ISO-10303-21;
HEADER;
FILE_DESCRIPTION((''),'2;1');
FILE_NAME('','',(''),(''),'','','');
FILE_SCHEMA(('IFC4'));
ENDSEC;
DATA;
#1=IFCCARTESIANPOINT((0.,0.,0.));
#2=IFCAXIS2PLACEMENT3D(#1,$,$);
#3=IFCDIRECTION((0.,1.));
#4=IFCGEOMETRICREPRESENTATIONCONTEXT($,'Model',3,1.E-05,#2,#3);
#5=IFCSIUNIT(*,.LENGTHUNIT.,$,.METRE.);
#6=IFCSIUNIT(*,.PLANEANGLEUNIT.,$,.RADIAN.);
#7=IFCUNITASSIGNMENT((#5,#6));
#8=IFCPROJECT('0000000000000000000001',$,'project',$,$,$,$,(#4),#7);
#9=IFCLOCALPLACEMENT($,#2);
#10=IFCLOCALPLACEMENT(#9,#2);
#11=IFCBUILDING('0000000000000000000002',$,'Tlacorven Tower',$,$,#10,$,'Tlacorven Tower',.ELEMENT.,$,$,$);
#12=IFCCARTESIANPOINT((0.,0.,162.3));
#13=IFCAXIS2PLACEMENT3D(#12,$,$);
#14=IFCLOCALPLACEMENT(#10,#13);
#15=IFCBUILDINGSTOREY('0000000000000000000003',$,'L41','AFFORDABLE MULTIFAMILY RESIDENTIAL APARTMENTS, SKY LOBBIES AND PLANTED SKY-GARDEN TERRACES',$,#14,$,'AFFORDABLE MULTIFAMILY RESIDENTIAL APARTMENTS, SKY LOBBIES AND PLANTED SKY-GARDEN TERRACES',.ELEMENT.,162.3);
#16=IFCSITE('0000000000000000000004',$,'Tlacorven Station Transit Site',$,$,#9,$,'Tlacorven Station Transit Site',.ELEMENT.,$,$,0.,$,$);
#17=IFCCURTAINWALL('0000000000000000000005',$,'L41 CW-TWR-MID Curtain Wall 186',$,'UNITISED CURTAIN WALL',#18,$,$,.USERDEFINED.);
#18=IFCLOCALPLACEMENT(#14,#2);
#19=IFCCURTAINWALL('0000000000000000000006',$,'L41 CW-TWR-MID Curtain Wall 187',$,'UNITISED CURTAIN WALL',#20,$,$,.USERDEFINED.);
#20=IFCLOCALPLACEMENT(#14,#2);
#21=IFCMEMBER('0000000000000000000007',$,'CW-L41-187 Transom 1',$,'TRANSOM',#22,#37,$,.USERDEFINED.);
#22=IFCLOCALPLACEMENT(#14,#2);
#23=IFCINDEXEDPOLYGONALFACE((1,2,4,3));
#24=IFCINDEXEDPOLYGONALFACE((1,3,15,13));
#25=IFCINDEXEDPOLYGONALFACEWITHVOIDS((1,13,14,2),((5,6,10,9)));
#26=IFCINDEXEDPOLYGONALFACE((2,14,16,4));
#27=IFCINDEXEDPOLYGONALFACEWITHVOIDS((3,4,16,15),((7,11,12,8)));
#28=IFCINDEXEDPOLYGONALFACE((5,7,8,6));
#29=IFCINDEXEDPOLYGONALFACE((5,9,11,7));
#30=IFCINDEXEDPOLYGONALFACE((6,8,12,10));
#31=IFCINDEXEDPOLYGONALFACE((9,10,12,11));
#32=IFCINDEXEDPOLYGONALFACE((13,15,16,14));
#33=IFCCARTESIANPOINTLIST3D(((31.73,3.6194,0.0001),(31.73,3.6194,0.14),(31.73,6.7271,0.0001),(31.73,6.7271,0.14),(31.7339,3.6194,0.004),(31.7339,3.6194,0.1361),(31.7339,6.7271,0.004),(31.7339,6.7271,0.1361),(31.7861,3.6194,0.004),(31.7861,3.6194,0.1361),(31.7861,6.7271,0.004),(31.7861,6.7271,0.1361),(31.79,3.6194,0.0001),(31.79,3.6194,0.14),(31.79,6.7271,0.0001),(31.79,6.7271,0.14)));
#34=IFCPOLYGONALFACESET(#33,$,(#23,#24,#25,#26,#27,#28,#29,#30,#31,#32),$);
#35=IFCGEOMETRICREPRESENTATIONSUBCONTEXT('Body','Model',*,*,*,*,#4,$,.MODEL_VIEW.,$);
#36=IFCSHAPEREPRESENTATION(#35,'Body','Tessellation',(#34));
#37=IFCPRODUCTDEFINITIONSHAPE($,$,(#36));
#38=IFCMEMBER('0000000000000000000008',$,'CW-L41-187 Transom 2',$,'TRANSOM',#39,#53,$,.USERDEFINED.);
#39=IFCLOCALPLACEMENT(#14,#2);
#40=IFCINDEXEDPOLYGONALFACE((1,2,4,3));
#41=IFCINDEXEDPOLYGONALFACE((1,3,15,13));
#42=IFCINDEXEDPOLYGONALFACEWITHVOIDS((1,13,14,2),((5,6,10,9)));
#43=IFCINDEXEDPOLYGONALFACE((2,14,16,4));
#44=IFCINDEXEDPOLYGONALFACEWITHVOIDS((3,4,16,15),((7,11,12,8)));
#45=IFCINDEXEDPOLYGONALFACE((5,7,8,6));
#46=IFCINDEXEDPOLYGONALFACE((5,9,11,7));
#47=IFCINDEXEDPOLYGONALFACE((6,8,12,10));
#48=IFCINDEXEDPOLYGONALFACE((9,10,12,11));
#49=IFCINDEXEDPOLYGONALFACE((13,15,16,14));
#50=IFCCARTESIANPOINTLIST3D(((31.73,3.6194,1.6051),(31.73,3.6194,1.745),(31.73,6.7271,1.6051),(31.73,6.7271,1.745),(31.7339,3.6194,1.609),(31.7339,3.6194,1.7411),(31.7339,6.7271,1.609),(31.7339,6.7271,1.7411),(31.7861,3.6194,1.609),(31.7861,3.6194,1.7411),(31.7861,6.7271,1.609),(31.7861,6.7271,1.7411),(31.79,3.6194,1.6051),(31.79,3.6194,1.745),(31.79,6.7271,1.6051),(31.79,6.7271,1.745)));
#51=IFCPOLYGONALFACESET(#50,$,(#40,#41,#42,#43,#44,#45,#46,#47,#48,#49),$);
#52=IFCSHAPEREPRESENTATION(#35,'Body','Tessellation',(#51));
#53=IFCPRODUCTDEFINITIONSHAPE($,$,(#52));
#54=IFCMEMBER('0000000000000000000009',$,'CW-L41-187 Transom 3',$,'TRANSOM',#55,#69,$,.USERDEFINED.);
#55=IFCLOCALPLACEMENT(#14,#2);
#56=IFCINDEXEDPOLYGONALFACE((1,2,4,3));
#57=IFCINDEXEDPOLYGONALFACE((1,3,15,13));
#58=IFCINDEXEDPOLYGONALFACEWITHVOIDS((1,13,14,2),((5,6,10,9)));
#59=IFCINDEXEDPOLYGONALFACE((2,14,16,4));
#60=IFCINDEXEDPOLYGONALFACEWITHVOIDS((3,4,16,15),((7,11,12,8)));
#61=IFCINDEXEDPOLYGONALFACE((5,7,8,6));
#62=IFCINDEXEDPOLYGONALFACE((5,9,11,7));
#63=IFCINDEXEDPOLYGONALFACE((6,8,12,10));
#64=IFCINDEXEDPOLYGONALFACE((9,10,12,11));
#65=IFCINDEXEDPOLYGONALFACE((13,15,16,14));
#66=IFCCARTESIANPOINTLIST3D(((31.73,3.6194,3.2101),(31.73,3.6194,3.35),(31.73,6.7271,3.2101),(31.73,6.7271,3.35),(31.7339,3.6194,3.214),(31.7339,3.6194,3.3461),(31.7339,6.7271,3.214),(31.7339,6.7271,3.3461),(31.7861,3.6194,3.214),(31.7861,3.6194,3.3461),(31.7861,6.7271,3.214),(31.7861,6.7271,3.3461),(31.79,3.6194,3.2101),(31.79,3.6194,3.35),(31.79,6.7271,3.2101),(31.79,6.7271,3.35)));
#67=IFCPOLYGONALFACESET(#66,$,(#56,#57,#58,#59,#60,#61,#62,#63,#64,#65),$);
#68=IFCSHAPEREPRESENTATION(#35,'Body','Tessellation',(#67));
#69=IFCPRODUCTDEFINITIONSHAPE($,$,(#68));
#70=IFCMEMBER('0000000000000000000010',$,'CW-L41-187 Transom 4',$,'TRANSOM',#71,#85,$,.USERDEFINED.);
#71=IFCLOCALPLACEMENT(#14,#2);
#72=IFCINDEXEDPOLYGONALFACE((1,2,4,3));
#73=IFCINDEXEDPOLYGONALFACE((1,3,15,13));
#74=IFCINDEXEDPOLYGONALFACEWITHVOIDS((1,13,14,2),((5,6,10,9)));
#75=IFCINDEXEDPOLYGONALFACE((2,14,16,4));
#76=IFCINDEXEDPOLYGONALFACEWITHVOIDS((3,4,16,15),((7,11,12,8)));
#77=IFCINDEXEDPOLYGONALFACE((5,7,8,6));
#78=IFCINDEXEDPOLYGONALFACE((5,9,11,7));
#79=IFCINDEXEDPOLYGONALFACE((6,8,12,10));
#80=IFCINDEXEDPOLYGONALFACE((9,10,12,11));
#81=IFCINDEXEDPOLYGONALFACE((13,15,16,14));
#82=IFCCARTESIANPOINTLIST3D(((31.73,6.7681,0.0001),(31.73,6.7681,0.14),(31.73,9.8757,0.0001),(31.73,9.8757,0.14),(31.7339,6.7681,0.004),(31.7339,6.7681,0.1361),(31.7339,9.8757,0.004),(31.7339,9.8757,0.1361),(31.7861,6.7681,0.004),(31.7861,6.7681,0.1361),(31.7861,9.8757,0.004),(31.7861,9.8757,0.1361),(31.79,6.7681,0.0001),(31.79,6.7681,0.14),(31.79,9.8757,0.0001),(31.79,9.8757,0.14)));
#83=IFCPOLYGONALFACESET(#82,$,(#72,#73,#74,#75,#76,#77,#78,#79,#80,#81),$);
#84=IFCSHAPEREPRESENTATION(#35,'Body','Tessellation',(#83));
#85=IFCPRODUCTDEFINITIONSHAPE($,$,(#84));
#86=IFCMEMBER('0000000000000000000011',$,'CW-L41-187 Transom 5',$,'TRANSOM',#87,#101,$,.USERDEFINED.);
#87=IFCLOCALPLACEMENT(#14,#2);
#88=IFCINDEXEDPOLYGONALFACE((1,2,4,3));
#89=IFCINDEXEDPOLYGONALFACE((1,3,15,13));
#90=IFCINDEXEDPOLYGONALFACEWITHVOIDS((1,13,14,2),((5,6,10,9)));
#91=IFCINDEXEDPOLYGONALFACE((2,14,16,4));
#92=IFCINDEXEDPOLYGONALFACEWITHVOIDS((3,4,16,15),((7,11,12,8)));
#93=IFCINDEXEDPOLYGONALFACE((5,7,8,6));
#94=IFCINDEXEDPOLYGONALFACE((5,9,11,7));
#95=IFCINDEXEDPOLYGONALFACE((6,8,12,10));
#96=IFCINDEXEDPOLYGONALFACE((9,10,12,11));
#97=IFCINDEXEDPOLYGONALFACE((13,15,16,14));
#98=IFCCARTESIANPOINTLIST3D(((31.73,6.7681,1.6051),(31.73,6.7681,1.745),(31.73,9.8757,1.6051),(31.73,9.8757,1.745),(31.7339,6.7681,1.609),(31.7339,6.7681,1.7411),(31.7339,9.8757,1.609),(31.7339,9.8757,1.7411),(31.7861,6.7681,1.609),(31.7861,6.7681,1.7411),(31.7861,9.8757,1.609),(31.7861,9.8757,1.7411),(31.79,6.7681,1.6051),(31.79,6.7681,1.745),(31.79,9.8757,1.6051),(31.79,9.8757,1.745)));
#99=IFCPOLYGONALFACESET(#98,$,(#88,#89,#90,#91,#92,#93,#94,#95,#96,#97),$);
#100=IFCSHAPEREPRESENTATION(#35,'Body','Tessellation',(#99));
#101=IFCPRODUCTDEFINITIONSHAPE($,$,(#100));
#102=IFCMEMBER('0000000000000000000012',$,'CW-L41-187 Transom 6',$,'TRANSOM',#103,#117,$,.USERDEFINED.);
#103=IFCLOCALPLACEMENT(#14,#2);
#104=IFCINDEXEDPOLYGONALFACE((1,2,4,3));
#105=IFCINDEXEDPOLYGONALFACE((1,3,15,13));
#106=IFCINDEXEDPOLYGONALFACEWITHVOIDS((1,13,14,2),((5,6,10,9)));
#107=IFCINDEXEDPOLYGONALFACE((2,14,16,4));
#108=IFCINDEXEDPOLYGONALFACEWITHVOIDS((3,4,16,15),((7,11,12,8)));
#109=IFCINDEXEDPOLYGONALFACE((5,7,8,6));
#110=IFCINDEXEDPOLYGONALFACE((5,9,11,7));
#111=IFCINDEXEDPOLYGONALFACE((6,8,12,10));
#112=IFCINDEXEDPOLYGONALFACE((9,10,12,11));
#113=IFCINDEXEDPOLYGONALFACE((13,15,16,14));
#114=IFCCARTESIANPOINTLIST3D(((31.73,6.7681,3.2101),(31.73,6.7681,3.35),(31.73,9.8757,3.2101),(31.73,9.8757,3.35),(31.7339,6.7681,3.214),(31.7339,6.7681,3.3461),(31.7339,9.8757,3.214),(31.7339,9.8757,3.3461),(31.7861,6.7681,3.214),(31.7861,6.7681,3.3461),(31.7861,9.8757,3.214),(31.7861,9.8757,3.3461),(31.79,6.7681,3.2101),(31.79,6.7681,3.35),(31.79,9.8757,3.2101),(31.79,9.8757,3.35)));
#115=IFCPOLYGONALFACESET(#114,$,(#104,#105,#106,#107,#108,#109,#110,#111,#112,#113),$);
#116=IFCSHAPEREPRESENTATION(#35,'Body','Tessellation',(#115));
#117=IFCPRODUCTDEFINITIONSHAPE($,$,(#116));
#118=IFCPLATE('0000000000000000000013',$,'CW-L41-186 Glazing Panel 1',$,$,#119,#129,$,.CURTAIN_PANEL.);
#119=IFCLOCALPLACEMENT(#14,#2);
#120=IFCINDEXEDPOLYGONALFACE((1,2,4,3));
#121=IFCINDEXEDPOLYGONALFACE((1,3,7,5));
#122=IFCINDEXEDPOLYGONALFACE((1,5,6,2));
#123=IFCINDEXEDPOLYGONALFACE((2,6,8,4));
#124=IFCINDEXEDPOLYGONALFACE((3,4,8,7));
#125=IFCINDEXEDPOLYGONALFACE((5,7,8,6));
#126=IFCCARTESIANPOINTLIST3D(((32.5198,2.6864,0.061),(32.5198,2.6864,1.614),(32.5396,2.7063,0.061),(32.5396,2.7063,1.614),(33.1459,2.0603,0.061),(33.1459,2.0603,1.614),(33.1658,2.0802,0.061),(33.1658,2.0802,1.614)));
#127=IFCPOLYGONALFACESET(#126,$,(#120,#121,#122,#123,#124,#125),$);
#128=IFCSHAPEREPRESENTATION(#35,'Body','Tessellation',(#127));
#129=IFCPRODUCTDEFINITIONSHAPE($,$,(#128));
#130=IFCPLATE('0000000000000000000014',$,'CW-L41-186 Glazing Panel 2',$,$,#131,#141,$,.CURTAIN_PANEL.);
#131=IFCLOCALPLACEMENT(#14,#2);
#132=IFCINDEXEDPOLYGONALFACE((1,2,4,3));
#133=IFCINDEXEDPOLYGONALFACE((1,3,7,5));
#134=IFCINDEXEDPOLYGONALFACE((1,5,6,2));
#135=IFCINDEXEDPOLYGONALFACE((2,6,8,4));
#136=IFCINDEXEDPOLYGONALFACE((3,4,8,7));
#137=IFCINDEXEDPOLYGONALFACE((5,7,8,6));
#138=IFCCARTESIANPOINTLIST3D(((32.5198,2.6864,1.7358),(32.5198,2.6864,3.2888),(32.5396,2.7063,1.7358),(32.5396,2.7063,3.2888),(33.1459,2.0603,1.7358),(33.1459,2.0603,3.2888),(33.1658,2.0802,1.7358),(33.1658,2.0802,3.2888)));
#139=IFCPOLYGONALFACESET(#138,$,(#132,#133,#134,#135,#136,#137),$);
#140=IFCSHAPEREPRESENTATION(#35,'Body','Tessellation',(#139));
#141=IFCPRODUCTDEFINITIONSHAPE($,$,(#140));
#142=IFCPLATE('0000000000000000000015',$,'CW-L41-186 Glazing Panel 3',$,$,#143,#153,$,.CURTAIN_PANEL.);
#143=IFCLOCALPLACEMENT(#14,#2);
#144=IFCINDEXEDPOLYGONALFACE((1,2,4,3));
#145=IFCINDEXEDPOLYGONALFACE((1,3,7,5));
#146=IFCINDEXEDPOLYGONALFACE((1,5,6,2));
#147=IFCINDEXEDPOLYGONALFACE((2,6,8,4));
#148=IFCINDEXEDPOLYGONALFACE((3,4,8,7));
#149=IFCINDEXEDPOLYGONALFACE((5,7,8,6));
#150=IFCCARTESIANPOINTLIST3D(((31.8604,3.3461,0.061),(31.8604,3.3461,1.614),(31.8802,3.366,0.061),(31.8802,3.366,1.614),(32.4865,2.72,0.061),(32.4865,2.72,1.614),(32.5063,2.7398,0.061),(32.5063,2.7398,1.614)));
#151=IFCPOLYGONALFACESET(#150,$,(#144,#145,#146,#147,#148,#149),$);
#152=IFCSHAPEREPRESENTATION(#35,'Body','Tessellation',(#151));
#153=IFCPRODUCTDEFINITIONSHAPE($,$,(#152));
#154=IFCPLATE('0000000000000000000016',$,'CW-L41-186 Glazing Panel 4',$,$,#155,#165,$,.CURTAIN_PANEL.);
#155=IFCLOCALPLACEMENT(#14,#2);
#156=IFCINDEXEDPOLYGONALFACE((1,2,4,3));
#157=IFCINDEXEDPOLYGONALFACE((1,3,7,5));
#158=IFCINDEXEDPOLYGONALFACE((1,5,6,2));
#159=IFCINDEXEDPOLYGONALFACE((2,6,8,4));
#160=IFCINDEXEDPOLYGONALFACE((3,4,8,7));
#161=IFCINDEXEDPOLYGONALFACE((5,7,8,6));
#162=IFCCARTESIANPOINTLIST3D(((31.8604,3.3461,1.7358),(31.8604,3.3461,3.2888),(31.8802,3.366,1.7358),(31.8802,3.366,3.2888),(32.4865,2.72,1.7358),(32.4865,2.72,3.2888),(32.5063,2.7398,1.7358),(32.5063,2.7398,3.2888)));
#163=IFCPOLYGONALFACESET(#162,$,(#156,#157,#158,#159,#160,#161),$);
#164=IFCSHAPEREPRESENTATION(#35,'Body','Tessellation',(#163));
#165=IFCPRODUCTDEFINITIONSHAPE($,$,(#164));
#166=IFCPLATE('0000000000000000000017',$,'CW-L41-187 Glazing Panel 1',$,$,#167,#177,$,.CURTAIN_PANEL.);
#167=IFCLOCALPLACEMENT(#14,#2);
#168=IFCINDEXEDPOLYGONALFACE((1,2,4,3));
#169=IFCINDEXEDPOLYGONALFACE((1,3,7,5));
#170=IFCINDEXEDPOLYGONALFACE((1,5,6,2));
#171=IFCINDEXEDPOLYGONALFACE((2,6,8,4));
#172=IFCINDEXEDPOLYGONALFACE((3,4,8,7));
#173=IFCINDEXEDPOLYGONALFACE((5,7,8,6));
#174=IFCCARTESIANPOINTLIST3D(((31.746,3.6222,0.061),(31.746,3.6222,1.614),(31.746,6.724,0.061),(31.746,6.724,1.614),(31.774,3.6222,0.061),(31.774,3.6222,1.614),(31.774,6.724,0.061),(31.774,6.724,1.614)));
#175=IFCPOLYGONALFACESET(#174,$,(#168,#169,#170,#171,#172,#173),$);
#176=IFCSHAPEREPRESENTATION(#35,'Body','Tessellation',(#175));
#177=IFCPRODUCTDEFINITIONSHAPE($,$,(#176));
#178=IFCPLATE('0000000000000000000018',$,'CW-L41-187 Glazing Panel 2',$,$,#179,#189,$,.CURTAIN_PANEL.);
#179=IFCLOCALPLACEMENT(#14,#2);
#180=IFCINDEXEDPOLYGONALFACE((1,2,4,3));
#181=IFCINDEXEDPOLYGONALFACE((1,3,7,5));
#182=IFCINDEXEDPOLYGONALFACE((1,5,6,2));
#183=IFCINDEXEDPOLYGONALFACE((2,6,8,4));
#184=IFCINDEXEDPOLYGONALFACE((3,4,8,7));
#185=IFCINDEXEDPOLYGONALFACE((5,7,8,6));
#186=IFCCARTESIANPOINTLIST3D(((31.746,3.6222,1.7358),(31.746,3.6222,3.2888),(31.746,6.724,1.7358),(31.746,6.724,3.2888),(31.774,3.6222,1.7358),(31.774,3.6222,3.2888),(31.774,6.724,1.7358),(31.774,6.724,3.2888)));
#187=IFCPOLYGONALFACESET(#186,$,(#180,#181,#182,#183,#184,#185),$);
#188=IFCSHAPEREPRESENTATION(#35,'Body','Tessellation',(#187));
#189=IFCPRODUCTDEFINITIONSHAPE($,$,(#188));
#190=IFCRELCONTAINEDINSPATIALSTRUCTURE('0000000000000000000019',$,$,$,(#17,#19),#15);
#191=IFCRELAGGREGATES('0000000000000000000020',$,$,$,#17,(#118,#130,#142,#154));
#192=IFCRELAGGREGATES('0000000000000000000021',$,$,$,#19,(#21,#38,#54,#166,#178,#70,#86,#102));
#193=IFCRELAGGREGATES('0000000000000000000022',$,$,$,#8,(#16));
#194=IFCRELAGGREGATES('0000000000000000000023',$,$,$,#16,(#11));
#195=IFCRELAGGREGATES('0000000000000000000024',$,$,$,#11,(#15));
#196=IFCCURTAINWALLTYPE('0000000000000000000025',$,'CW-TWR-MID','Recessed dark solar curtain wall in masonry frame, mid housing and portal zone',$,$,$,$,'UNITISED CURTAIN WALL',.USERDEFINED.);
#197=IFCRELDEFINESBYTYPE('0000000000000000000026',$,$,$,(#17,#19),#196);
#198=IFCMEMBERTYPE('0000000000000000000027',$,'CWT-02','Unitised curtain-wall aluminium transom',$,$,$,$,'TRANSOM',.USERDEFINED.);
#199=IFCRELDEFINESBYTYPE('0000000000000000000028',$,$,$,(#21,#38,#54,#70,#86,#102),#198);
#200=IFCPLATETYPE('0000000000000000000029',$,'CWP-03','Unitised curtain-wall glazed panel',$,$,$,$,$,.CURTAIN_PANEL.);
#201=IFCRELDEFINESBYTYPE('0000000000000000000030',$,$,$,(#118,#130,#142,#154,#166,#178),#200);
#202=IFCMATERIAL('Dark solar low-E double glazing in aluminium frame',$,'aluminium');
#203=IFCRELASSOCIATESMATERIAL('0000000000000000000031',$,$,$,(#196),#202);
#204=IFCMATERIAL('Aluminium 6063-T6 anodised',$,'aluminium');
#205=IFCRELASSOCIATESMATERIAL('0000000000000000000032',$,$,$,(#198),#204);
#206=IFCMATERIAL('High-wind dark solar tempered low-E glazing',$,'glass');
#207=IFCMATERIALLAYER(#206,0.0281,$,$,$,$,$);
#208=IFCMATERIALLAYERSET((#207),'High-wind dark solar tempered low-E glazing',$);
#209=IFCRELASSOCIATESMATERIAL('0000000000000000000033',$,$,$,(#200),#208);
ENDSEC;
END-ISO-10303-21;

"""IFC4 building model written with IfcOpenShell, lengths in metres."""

from ifc_helpers import new_model, si_unit, direction, frame, origin, origin_2d, place, context, subcontext, project, spatial, rectangle, hollow_rectangle, extrude, source, transform, mapped, material, layer, layer_set, material_profile, profile_set, type_object, element, aggregate, save


model = new_model("IFC4")

# Units and contexts
model_context = context("Model", 3, precision=1e-05, world=origin(), true_north=direction((0.0, 1.0)))
body_context = subcontext(model_context, "Body", "Model", "MODEL_VIEW")
ifc_project = project(units=[si_unit("LENGTHUNIT", "METRE"), si_unit("PLANEANGLEUNIT", "RADIAN")], contexts=[model_context])

# Site, building, storey
site_placement = place(None, origin())
site = spatial("IfcSite", under=ifc_project, at=site_placement, Name="Tlacorven Station Transit Site", LongName="Tlacorven Station Transit Site", CompositionType="ELEMENT", RefElevation=0.0)
building_placement = place(site_placement, origin())
building = spatial("IfcBuilding", under=site, at=building_placement, Name="Tlacorven Tower", LongName="Tlacorven Tower", CompositionType="ELEMENT")
storey_placement = place(building_placement, frame((0.0, 0.0, 162.3)))
storey = spatial("IfcBuildingStorey", under=building, at=storey_placement, Name="L41", Description="AFFORDABLE MULTIFAMILY RESIDENTIAL APARTMENTS, SKY LOBBIES AND PLANTED SKY-GARDEN TERRACES", LongName="AFFORDABLE MULTIFAMILY RESIDENTIAL APARTMENTS, SKY LOBBIES AND PLANTED SKY-GARDEN TERRACES", CompositionType="ELEMENT", Elevation=162.3)

# Curtain walls
ifc_material_1 = material(Name="Dark solar low-E double glazing in aluminium frame", Category="aluminium")
curtain_wall_type = type_object("IfcCurtainWallType", Name="CW-TWR-MID", Description="Recessed dark solar curtain wall in masonry frame, mid housing and portal zone", ElementType="UNITISED CURTAIN WALL", PredefinedType="USERDEFINED", material=ifc_material_1)
curtain_wall_1_placement = place(storey_placement, origin())
curtain_wall_1 = element("IfcCurtainWall", 1, at=curtain_wall_1_placement, inside=storey, type_object=curtain_wall_type, Name="L41 CW-TWR-MID Curtain Wall 186", ObjectType="UNITISED CURTAIN WALL", PredefinedType="USERDEFINED")
ifc_material_2 = material(Name="Aluminium 6063-T6 anodised", Category="aluminium")
curtain_wall_2_placement = place(storey_placement, origin())
curtain_wall_2 = element("IfcCurtainWall", 2, at=curtain_wall_2_placement, inside=storey, type_object=curtain_wall_type, Name="L41 CW-TWR-MID Curtain Wall 187", ObjectType="UNITISED CURTAIN WALL", PredefinedType="USERDEFINED")

# Members
ifc_material_profile_1 = material_profile(ifc_material_2, hollow_rectangle(XDim=0.0601, YDim=0.1399, WallThickness=0.0039, at=origin_2d()), Name="ALU TRANSOM 60X140")
ifc_profile_set_1 = profile_set([ifc_material_profile_1], Name="Aluminium 6063-T6 anodised")
member_type_1 = type_object("IfcMemberType", Name="CWT-02", Description="Unitised curtain-wall aluminium transom", ElementType="TRANSOM", PredefinedType="USERDEFINED", material=ifc_profile_set_1)
shared_shape_1 = source(origin(), body_context, "Body", "SweptSolid", [
    extrude(hollow_rectangle(XDim=0.0601, YDim=0.1399, WallThickness=0.0039, at=origin_2d()), origin(), (0.0, 0.0, 1.0), 3.1077),
])
member_1_placement = place(storey_placement, frame((31.76, 3.6194, 0.0701), z_axis=(0.0, 1.0, 0.0), x_axis=(-1.0, 0.0, 0.0)))
member_1 = element("IfcMember", 3, at=member_1_placement, type_object=member_type_1, Name="CW-L41-187 Transom 1", ObjectType="TRANSOM", PredefinedType="USERDEFINED", context=body_context, shape_type="MappedRepresentation", body=[
    mapped(shared_shape_1, transform((0.0, 0.0, 0.0), scale=1.0)),
])
member_2_placement = place(storey_placement, frame((31.76, 3.6194, 1.675), z_axis=(0.0, 1.0, 0.0), x_axis=(-1.0, 0.0, 0.0)))
member_2 = element("IfcMember", 4, at=member_2_placement, type_object=member_type_1, Name="CW-L41-187 Transom 2", ObjectType="TRANSOM", PredefinedType="USERDEFINED", context=body_context, shape_type="MappedRepresentation", body=[
    mapped(shared_shape_1, transform((0.0, 0.0, 0.0), scale=1.0)),
])
member_3_placement = place(storey_placement, frame((31.76, 3.6194, 3.28), z_axis=(0.0, 1.0, 0.0), x_axis=(-1.0, 0.0, 0.0)))
member_3 = element("IfcMember", 5, at=member_3_placement, type_object=member_type_1, Name="CW-L41-187 Transom 3", ObjectType="TRANSOM", PredefinedType="USERDEFINED", context=body_context, shape_type="MappedRepresentation", body=[
    mapped(shared_shape_1, transform((0.0, 0.0, 0.0), scale=1.0)),
])
member_4_placement = place(storey_placement, frame((31.76, 6.7681, 0.0701), z_axis=(0.0, 1.0, 0.0), x_axis=(-1.0, 0.0, 0.0)))
member_4 = element("IfcMember", 6, at=member_4_placement, type_object=member_type_1, Name="CW-L41-187 Transom 4", ObjectType="TRANSOM", PredefinedType="USERDEFINED", context=body_context, shape_type="MappedRepresentation", body=[
    mapped(shared_shape_1, transform((0.0, 0.0, 0.0), scale=1.0)),
])
member_5_placement = place(storey_placement, frame((31.76, 6.7681, 1.675), z_axis=(0.0, 1.0, 0.0), x_axis=(-1.0, 0.0, 0.0)))
member_5 = element("IfcMember", 7, at=member_5_placement, type_object=member_type_1, Name="CW-L41-187 Transom 5", ObjectType="TRANSOM", PredefinedType="USERDEFINED", context=body_context, shape_type="MappedRepresentation", body=[
    mapped(shared_shape_1, transform((0.0, 0.0, 0.0), scale=1.0)),
])
member_6_placement = place(storey_placement, frame((31.76, 6.7681, 3.28), z_axis=(0.0, 1.0, 0.0), x_axis=(-1.0, 0.0, 0.0)))
member_6 = element("IfcMember", 8, at=member_6_placement, type_object=member_type_1, Name="CW-L41-187 Transom 6", ObjectType="TRANSOM", PredefinedType="USERDEFINED", context=body_context, shape_type="MappedRepresentation", body=[
    mapped(shared_shape_1, transform((0.0, 0.0, 0.0), scale=1.0)),
])

# Plates
ifc_material_3 = material(Name="High-wind dark solar tempered low-E glazing", Category="glass")
ifc_layer = layer(ifc_material_3, 0.0281)
ifc_layer_set = layer_set([ifc_layer], Name="High-wind dark solar tempered low-E glazing")
plate_type = type_object("IfcPlateType", Name="CWP-03", Description="Unitised curtain-wall glazed panel", PredefinedType="CURTAIN_PANEL", material=ifc_layer_set)
shared_shape_2 = source(origin(), body_context, "Body", "SweptSolid", [
    extrude(rectangle(XDim=0.8855, YDim=0.0281, at=origin_2d()), origin(), (0.0, 0.0, 1.0), 1.553),
])
plate_1_placement = place(storey_placement, frame((32.8428, 2.3833, 0.061), z_axis=(0.0, 0.0, 1.0), x_axis=(-0.707107, 0.707107, 0.0)))
plate_1 = element("IfcPlate", 9, at=plate_1_placement, type_object=plate_type, Name="CW-L41-186 Glazing Panel 1", PredefinedType="CURTAIN_PANEL", context=body_context, shape_type="MappedRepresentation", body=[
    mapped(shared_shape_2, transform((0.0, 0.0, 0.0), scale=1.0)),
])
plate_2_placement = place(storey_placement, frame((32.8428, 2.3833, 1.7358), z_axis=(0.0, 0.0, 1.0), x_axis=(-0.707107, 0.707107, 0.0)))
plate_2 = element("IfcPlate", 10, at=plate_2_placement, type_object=plate_type, Name="CW-L41-186 Glazing Panel 2", PredefinedType="CURTAIN_PANEL", context=body_context, shape_type="MappedRepresentation", body=[
    mapped(shared_shape_2, transform((0.0, 0.0, 0.0), scale=1.0)),
])
plate_3_placement = place(storey_placement, frame((32.1833, 3.043, 0.061), z_axis=(0.0, 0.0, 1.0), x_axis=(-0.707107, 0.707107, 0.0)))
plate_3 = element("IfcPlate", 11, at=plate_3_placement, type_object=plate_type, Name="CW-L41-186 Glazing Panel 3", PredefinedType="CURTAIN_PANEL", context=body_context, shape_type="MappedRepresentation", body=[
    mapped(shared_shape_2, transform((0.0, 0.0, 0.0), scale=1.0)),
])
plate_4_placement = place(storey_placement, frame((32.1833, 3.043, 1.7358), z_axis=(0.0, 0.0, 1.0), x_axis=(-0.707107, 0.707107, 0.0)))
plate_4 = element("IfcPlate", 12, at=plate_4_placement, type_object=plate_type, Name="CW-L41-186 Glazing Panel 4", PredefinedType="CURTAIN_PANEL", context=body_context, shape_type="MappedRepresentation", body=[
    mapped(shared_shape_2, transform((0.0, 0.0, 0.0), scale=1.0)),
])
aggregate(curtain_wall_1, [plate_1, plate_2, plate_3, plate_4])
shared_shape_3 = source(origin(), body_context, "Body", "SweptSolid", [
    extrude(rectangle(XDim=3.1018, YDim=0.0281, at=origin_2d()), origin(), (0.0, 0.0, 1.0), 1.553),
])
plate_5_placement = place(storey_placement, frame((31.76, 5.1731, 0.061), z_axis=(0.0, 0.0, 1.0), x_axis=(0.0, 1.0, 0.0)))
plate_5 = element("IfcPlate", 13, at=plate_5_placement, type_object=plate_type, Name="CW-L41-187 Glazing Panel 1", PredefinedType="CURTAIN_PANEL", context=body_context, shape_type="MappedRepresentation", body=[
    mapped(shared_shape_3, transform((0.0, 0.0, 0.0), scale=1.0)),
])
plate_6_placement = place(storey_placement, frame((31.76, 5.1731, 1.7358), z_axis=(0.0, 0.0, 1.0), x_axis=(0.0, 1.0, 0.0)))
plate_6 = element("IfcPlate", 14, at=plate_6_placement, type_object=plate_type, Name="CW-L41-187 Glazing Panel 2", PredefinedType="CURTAIN_PANEL", context=body_context, shape_type="MappedRepresentation", body=[
    mapped(shared_shape_3, transform((0.0, 0.0, 0.0), scale=1.0)),
])
aggregate(curtain_wall_2, [member_1, member_2, member_3, plate_5, plate_6, member_4, member_5, member_6])

save(model, "model.ifc")
